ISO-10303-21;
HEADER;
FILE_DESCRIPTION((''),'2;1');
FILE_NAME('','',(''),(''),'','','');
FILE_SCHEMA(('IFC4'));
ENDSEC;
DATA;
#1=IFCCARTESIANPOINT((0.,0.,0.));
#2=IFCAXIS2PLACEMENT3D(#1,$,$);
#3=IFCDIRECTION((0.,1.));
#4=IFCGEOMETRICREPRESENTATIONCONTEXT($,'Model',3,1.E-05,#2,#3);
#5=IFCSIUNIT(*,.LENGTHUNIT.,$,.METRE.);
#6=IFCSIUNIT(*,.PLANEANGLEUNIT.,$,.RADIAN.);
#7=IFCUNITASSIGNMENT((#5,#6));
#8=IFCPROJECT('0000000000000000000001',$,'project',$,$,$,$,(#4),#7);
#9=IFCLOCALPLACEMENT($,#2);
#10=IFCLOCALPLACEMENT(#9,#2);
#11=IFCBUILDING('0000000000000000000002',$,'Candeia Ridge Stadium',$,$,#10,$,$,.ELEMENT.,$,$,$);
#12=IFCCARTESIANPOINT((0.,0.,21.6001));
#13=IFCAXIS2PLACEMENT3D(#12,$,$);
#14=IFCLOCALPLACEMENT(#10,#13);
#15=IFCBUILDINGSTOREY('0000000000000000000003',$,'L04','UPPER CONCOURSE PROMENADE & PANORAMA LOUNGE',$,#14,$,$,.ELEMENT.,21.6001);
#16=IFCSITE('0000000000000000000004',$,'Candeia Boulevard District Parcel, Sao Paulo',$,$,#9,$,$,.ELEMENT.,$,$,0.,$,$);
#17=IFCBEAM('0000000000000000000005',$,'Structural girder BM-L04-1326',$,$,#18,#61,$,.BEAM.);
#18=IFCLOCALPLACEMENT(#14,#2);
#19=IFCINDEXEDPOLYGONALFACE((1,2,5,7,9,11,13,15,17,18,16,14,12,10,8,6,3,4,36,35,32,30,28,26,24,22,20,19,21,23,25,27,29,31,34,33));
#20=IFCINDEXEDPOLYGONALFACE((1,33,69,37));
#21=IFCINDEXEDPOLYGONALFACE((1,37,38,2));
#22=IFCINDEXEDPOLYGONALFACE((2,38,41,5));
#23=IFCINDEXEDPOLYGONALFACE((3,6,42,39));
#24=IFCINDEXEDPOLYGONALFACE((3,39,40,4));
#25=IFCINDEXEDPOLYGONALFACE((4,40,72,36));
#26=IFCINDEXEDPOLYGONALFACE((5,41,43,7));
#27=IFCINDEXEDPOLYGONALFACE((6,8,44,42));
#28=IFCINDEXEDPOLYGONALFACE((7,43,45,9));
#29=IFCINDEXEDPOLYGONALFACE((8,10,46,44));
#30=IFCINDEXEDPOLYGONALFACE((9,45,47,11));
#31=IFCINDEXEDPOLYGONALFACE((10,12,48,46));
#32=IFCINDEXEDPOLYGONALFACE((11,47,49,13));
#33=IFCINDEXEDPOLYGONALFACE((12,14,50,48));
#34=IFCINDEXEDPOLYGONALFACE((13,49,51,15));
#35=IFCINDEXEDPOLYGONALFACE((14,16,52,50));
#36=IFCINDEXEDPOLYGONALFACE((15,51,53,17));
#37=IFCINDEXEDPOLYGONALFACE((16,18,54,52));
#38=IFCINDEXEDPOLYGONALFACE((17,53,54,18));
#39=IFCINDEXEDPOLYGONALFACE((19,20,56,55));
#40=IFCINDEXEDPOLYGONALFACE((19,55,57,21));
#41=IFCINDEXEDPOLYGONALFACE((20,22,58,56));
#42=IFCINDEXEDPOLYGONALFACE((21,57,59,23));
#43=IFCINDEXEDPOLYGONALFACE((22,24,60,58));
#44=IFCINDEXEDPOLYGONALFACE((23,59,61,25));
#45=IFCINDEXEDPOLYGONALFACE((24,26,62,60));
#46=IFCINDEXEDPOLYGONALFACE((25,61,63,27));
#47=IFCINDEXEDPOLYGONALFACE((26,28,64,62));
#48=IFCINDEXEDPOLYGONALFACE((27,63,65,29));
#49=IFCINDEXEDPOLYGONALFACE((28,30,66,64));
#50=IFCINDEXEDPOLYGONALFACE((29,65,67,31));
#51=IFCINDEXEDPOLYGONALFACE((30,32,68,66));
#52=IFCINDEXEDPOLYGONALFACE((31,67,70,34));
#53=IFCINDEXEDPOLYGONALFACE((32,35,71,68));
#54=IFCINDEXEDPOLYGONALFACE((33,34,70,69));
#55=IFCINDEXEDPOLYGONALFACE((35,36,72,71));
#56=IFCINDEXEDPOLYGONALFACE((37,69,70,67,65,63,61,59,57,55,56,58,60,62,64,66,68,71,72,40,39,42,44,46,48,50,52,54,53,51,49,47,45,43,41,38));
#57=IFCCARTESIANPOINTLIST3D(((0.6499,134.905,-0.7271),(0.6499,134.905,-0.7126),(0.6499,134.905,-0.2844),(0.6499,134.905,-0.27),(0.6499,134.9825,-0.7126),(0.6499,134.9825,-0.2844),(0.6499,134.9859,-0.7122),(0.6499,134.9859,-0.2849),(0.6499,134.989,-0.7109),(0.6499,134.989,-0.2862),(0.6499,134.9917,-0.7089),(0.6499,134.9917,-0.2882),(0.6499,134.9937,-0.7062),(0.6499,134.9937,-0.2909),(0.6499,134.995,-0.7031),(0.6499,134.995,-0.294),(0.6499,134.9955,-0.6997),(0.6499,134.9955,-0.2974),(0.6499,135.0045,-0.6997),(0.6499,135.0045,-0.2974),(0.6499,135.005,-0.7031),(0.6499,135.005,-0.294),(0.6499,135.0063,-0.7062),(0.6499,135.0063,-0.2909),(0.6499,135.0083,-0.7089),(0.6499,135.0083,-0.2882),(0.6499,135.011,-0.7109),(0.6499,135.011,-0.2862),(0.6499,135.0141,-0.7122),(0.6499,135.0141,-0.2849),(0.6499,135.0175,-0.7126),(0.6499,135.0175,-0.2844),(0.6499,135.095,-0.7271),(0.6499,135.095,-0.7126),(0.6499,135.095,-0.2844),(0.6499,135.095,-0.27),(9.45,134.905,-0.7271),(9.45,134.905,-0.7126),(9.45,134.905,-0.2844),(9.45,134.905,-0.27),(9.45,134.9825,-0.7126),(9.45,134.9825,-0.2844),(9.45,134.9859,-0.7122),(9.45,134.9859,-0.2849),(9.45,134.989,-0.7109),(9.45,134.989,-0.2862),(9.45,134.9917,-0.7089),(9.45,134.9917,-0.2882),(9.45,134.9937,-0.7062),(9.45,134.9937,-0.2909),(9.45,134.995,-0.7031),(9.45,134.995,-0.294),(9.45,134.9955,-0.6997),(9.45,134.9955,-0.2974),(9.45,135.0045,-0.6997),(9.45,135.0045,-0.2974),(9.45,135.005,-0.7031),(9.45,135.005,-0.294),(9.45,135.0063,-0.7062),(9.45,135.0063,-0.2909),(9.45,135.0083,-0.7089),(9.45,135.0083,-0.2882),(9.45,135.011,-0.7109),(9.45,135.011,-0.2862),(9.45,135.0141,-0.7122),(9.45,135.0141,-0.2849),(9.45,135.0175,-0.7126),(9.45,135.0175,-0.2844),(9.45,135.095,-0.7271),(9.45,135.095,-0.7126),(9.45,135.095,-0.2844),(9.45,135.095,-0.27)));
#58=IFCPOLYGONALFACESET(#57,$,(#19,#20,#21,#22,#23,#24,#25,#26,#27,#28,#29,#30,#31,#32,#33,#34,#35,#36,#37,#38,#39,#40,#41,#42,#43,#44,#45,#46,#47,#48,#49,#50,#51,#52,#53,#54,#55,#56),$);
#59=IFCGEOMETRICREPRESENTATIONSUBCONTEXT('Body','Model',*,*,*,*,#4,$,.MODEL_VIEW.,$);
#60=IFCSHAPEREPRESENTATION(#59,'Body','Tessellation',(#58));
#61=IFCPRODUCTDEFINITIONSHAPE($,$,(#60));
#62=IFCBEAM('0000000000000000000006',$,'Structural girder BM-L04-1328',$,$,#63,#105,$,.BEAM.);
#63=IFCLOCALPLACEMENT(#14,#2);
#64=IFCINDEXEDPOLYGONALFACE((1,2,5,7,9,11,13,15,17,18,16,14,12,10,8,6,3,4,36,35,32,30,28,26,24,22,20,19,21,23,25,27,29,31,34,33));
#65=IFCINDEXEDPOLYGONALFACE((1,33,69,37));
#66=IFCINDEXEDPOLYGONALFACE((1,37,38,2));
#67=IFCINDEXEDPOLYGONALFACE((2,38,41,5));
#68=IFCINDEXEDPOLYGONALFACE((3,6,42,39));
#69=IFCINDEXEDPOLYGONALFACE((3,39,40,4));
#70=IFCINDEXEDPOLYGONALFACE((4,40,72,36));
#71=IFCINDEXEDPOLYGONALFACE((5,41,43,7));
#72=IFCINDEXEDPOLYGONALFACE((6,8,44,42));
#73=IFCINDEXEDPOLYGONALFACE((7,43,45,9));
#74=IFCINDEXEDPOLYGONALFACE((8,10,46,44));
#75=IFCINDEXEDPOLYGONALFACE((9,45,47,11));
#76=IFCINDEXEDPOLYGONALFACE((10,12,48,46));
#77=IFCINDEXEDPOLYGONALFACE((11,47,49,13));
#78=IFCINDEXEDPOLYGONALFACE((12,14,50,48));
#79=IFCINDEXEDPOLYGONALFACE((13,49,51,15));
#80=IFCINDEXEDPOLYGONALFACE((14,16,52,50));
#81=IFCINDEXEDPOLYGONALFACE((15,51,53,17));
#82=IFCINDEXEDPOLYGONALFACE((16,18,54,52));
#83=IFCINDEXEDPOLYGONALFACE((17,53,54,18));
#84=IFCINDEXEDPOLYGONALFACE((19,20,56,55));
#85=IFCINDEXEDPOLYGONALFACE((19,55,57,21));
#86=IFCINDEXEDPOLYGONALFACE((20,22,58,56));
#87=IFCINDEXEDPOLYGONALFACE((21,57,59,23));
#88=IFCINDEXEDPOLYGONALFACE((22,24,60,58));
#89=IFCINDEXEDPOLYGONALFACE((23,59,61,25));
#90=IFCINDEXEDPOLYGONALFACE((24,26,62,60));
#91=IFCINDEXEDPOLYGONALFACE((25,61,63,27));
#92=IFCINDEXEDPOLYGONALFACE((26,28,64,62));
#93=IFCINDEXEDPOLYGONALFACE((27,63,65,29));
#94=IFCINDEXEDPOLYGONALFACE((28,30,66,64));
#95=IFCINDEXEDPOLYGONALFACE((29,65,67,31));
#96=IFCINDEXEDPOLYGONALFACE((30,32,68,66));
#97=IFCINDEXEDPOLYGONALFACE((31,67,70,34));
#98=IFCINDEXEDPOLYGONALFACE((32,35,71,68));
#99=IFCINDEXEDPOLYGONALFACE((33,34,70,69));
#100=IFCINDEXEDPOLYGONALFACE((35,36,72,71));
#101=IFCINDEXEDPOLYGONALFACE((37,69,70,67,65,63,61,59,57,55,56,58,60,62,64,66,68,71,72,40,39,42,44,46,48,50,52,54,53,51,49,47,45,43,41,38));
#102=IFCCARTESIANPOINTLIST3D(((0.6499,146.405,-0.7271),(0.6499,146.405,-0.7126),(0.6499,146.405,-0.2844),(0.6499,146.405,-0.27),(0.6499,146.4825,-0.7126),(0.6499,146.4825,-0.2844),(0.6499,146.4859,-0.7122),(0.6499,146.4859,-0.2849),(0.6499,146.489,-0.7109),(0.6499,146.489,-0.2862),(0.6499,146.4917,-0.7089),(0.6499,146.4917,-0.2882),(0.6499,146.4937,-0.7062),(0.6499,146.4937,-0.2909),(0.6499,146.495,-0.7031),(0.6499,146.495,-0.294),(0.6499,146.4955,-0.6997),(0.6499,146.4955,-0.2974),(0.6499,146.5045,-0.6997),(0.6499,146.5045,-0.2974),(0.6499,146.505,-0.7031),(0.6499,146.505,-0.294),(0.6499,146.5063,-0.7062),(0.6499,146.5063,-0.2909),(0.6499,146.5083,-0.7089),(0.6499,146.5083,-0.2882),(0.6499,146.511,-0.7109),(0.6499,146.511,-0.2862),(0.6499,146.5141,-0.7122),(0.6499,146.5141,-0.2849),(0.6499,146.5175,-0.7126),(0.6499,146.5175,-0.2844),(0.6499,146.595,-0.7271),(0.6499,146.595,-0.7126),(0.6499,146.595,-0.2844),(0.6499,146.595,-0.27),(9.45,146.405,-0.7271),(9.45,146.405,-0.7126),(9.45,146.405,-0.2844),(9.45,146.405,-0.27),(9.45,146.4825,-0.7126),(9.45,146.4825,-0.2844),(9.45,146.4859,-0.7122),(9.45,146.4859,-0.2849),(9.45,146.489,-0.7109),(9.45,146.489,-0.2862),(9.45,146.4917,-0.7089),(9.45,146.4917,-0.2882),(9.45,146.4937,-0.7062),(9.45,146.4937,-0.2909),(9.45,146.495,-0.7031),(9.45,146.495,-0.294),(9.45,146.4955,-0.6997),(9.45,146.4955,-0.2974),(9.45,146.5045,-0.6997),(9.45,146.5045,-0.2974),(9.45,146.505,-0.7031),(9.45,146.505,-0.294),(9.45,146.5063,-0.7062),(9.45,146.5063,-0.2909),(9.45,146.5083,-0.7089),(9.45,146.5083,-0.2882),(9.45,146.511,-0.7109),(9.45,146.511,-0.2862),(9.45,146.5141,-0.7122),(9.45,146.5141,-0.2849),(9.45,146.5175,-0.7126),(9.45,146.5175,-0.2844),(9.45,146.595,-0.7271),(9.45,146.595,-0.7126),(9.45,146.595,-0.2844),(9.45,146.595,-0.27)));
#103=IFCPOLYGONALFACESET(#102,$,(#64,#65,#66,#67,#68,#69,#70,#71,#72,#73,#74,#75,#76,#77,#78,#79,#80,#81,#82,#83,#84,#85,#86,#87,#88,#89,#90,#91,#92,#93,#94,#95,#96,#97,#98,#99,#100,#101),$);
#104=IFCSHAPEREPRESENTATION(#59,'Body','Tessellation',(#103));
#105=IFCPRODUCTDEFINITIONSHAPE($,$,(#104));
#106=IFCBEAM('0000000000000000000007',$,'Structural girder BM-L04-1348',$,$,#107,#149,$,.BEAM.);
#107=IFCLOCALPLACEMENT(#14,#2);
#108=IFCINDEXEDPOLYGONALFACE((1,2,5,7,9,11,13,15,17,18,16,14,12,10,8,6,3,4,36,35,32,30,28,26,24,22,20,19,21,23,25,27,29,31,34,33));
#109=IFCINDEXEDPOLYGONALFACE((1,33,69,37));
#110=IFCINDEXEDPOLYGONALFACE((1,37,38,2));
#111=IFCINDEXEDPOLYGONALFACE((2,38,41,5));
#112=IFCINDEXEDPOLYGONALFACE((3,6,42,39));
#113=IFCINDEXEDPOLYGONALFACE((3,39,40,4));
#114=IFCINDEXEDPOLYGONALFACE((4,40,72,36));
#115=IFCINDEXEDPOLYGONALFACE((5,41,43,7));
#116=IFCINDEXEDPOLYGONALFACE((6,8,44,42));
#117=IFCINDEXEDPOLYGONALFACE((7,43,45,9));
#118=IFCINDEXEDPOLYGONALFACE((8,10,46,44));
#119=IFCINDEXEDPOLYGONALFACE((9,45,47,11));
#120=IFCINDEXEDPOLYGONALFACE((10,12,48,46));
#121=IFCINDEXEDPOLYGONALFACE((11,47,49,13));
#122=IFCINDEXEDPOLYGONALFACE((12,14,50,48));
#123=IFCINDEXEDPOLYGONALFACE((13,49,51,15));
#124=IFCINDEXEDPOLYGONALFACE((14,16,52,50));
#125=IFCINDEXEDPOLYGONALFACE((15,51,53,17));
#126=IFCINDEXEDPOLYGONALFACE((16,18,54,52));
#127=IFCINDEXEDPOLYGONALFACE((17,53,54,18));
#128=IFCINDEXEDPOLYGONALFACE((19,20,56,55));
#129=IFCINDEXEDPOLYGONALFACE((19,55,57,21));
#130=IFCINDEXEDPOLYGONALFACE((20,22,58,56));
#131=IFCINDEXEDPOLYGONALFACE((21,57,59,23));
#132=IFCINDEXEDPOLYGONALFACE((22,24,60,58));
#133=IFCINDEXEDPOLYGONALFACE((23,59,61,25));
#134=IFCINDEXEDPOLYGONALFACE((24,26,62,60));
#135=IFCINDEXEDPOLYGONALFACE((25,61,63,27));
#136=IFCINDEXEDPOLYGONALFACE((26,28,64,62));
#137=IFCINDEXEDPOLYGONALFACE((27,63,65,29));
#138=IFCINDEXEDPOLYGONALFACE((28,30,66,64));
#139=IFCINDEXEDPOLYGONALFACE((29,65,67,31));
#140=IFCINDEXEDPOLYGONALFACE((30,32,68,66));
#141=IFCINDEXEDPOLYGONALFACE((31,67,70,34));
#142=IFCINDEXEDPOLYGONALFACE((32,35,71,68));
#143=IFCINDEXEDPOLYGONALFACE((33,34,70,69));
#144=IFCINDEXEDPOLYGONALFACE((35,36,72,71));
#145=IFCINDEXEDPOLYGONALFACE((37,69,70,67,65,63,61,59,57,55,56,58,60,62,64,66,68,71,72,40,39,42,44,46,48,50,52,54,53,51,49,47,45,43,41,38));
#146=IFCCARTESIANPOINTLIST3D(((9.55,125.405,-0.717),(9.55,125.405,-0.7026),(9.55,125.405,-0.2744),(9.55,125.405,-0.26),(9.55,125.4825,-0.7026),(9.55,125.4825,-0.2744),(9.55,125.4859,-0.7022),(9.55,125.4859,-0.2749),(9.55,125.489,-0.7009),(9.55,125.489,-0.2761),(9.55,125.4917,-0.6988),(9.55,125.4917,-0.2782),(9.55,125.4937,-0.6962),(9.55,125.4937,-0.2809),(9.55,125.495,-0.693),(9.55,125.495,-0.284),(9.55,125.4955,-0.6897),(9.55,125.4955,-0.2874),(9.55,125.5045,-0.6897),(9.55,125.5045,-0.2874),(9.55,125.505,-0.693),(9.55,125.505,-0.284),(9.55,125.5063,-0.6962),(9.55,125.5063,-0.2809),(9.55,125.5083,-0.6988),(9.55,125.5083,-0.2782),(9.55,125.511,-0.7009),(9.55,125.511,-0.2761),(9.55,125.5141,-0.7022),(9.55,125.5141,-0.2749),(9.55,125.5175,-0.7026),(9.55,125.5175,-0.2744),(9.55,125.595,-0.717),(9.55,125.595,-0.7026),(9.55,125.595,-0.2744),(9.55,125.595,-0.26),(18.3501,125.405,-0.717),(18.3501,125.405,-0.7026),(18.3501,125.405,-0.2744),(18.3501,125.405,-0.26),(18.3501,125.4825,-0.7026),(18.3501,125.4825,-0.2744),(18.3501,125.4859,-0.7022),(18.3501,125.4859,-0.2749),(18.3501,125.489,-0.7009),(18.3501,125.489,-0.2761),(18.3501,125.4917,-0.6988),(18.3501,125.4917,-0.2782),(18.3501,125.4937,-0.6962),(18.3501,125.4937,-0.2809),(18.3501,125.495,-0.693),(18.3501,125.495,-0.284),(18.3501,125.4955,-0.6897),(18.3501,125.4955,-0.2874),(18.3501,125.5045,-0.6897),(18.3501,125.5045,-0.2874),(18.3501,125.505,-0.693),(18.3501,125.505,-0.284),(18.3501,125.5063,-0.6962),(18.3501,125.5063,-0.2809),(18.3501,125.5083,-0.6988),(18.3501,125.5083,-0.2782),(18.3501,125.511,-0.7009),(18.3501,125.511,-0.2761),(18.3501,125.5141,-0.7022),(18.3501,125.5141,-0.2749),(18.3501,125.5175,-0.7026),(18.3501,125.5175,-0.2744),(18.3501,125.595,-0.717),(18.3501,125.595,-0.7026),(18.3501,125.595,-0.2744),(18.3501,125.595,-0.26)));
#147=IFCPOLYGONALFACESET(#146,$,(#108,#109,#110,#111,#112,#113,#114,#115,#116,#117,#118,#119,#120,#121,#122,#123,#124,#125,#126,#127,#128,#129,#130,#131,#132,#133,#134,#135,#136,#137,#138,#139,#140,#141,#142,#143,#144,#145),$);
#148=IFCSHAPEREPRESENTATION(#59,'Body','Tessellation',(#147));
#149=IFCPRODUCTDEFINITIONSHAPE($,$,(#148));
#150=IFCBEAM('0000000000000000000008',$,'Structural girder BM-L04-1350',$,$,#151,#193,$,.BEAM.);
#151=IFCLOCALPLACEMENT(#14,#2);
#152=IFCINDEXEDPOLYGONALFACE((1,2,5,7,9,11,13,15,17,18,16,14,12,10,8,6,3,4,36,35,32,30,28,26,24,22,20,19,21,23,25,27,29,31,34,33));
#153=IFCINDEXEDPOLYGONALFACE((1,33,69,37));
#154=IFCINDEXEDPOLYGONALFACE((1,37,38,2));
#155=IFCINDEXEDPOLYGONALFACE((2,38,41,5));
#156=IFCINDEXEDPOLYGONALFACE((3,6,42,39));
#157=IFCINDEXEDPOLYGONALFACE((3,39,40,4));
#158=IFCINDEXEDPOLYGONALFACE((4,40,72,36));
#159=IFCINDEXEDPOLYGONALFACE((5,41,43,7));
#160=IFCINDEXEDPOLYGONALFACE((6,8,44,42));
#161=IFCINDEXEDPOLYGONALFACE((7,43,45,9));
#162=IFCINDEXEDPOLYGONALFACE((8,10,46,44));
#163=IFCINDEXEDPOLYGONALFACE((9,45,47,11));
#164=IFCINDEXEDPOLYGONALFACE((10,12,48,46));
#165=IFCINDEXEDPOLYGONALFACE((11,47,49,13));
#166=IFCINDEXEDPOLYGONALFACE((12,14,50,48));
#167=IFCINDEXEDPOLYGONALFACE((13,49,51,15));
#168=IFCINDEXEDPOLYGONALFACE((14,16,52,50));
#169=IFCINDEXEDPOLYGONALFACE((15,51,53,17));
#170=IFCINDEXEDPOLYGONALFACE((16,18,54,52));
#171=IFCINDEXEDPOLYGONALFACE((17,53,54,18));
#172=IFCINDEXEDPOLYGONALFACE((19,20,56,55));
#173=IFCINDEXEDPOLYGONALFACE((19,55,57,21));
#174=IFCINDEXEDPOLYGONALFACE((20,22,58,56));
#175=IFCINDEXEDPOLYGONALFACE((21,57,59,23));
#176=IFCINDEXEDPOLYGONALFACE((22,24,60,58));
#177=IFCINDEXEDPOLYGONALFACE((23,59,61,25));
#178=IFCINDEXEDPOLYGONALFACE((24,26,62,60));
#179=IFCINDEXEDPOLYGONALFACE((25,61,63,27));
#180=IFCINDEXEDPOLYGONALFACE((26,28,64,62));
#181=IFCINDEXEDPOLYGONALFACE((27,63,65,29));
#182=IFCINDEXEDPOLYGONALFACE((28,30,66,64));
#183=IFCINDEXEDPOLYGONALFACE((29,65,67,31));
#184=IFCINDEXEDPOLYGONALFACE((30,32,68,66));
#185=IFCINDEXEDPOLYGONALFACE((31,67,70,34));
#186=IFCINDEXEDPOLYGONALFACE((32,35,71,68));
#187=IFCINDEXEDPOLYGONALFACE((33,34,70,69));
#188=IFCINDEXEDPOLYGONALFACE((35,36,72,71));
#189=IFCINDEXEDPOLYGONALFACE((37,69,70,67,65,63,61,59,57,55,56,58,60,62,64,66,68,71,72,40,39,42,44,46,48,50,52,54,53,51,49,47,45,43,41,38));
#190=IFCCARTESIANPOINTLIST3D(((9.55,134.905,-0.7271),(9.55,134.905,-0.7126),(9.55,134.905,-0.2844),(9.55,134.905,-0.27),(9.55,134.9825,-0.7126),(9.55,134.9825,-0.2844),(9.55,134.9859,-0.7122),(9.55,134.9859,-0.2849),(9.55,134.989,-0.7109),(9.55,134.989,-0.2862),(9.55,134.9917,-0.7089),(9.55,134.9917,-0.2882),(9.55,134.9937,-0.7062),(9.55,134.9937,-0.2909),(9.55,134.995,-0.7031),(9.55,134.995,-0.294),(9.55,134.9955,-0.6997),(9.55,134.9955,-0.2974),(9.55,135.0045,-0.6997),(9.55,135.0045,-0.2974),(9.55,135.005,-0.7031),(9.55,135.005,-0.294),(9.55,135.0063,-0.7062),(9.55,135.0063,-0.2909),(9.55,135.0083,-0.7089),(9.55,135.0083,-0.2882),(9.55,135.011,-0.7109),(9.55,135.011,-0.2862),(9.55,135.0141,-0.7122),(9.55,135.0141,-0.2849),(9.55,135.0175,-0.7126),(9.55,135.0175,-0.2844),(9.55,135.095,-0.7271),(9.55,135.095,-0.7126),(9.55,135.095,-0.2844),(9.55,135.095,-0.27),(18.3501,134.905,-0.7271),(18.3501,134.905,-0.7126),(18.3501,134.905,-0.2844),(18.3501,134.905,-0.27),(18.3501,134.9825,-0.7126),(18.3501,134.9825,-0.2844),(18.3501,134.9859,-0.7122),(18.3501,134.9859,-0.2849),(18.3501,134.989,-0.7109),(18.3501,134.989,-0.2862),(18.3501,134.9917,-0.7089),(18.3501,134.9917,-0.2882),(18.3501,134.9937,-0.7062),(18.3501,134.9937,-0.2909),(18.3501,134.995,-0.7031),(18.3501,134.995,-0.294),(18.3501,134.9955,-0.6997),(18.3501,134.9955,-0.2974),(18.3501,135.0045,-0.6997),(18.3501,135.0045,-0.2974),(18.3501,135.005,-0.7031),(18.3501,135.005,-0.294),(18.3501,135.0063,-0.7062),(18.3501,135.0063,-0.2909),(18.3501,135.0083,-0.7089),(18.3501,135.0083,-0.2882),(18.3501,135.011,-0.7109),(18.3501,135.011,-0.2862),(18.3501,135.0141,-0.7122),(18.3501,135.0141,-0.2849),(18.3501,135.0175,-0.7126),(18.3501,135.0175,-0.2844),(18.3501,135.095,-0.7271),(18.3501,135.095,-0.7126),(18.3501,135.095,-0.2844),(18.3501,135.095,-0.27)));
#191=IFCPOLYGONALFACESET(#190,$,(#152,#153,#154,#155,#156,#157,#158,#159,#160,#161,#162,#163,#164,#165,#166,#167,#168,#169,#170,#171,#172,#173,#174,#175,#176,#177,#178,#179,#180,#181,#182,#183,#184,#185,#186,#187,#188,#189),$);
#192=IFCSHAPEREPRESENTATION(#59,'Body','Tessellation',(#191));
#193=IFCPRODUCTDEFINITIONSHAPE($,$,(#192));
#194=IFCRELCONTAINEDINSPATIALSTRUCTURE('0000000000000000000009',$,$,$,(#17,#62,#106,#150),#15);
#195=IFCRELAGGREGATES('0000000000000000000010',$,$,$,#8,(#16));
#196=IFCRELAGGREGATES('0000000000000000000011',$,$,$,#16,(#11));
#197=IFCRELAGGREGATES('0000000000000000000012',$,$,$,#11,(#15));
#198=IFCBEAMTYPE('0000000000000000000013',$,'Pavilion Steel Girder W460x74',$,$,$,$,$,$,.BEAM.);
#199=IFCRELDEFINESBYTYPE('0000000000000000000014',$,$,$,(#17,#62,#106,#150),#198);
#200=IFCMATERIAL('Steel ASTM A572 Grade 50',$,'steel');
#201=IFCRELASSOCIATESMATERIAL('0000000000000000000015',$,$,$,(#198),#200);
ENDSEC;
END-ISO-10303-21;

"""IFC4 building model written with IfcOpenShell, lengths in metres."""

from ifc_helpers import new_model, si_unit, direction, frame, origin, origin_2d, place, context, subcontext, project, spatial, i_section, extrude, material, material_profile, profile_set, type_object, element, save


model = new_model("IFC4")

# Units and contexts
model_context = context("Model", 3, precision=1e-05, world=origin(), true_north=direction((0.0, 1.0)))
body_context = subcontext(model_context, "Body", "Model", "MODEL_VIEW")
ifc_project = project(units=[si_unit("LENGTHUNIT", "METRE"), si_unit("PLANEANGLEUNIT", "RADIAN")], contexts=[model_context])

# Site, building, storey
site_placement = place(None, origin())
site = spatial("IfcSite", under=ifc_project, at=site_placement, Name="Candeia Boulevard District Parcel, Sao Paulo", CompositionType="ELEMENT", RefElevation=0.0)
building_placement = place(site_placement, origin())
building = spatial("IfcBuilding", under=site, at=building_placement, Name="Candeia Ridge Stadium", CompositionType="ELEMENT")
storey_placement = place(building_placement, frame((0.0, 0.0, 21.6001)))
storey = spatial("IfcBuildingStorey", under=building, at=storey_placement, Name="L04", Description="UPPER CONCOURSE PROMENADE & PANORAMA LOUNGE", CompositionType="ELEMENT", Elevation=21.6001)

# Beams
ifc_material_1 = material(Name="Steel ASTM A572 Grade 50", Category="steel")
ifc_material_profile_1 = material_profile(ifc_material_1, i_section(OverallWidth=0.1899, OverallDepth=0.457, WebThickness=0.009, FlangeThickness=0.0144, FilletRadius=0.0129, at=origin_2d()), Name="W460x74", Category="steel")
ifc_profile_set_1 = profile_set([ifc_material_profile_1], Name="Steel ASTM A572 Grade 50")
beam_type_1 = type_object("IfcBeamType", Name="Pavilion Steel Girder W460x74", PredefinedType="BEAM", material=ifc_profile_set_1)
for number, where, z_axis, x_axis, name in (
    (1, (0.6499, 135.0, -0.4985), (1.0, 0.0, 0.0), (0.0, 1.0, 0.0), "Structural girder BM-L04-1326"),
    (2, (0.6499, 146.5, -0.4985), (1.0, 0.0, 0.0), (0.0, 1.0, 0.0), "Structural girder BM-L04-1328"),
    (3, (9.55, 125.5, -0.4885), (1.0, 0.0, 0.0), (0.0, 1.0, 0.0), "Structural girder BM-L04-1348"),
    (4, (9.55, 135.0, -0.4985), (1.0, 0.0, 0.0), (0.0, 1.0, 0.0), "Structural girder BM-L04-1350"),
):
    element("IfcBeam", number, at=place(storey_placement, frame(where, z_axis=z_axis, x_axis=x_axis)), inside=storey, type_object=beam_type_1, Name=name, PredefinedType="BEAM", context=body_context, shape_type="SweptSolid", body=[
        extrude(i_section(OverallWidth=0.1899, OverallDepth=0.457, WebThickness=0.009, FlangeThickness=0.0144, FilletRadius=0.0129, at=origin_2d()), origin(), (0.0, 0.0, 1.0), 8.8),
    ])

save(model, "model.ifc")
